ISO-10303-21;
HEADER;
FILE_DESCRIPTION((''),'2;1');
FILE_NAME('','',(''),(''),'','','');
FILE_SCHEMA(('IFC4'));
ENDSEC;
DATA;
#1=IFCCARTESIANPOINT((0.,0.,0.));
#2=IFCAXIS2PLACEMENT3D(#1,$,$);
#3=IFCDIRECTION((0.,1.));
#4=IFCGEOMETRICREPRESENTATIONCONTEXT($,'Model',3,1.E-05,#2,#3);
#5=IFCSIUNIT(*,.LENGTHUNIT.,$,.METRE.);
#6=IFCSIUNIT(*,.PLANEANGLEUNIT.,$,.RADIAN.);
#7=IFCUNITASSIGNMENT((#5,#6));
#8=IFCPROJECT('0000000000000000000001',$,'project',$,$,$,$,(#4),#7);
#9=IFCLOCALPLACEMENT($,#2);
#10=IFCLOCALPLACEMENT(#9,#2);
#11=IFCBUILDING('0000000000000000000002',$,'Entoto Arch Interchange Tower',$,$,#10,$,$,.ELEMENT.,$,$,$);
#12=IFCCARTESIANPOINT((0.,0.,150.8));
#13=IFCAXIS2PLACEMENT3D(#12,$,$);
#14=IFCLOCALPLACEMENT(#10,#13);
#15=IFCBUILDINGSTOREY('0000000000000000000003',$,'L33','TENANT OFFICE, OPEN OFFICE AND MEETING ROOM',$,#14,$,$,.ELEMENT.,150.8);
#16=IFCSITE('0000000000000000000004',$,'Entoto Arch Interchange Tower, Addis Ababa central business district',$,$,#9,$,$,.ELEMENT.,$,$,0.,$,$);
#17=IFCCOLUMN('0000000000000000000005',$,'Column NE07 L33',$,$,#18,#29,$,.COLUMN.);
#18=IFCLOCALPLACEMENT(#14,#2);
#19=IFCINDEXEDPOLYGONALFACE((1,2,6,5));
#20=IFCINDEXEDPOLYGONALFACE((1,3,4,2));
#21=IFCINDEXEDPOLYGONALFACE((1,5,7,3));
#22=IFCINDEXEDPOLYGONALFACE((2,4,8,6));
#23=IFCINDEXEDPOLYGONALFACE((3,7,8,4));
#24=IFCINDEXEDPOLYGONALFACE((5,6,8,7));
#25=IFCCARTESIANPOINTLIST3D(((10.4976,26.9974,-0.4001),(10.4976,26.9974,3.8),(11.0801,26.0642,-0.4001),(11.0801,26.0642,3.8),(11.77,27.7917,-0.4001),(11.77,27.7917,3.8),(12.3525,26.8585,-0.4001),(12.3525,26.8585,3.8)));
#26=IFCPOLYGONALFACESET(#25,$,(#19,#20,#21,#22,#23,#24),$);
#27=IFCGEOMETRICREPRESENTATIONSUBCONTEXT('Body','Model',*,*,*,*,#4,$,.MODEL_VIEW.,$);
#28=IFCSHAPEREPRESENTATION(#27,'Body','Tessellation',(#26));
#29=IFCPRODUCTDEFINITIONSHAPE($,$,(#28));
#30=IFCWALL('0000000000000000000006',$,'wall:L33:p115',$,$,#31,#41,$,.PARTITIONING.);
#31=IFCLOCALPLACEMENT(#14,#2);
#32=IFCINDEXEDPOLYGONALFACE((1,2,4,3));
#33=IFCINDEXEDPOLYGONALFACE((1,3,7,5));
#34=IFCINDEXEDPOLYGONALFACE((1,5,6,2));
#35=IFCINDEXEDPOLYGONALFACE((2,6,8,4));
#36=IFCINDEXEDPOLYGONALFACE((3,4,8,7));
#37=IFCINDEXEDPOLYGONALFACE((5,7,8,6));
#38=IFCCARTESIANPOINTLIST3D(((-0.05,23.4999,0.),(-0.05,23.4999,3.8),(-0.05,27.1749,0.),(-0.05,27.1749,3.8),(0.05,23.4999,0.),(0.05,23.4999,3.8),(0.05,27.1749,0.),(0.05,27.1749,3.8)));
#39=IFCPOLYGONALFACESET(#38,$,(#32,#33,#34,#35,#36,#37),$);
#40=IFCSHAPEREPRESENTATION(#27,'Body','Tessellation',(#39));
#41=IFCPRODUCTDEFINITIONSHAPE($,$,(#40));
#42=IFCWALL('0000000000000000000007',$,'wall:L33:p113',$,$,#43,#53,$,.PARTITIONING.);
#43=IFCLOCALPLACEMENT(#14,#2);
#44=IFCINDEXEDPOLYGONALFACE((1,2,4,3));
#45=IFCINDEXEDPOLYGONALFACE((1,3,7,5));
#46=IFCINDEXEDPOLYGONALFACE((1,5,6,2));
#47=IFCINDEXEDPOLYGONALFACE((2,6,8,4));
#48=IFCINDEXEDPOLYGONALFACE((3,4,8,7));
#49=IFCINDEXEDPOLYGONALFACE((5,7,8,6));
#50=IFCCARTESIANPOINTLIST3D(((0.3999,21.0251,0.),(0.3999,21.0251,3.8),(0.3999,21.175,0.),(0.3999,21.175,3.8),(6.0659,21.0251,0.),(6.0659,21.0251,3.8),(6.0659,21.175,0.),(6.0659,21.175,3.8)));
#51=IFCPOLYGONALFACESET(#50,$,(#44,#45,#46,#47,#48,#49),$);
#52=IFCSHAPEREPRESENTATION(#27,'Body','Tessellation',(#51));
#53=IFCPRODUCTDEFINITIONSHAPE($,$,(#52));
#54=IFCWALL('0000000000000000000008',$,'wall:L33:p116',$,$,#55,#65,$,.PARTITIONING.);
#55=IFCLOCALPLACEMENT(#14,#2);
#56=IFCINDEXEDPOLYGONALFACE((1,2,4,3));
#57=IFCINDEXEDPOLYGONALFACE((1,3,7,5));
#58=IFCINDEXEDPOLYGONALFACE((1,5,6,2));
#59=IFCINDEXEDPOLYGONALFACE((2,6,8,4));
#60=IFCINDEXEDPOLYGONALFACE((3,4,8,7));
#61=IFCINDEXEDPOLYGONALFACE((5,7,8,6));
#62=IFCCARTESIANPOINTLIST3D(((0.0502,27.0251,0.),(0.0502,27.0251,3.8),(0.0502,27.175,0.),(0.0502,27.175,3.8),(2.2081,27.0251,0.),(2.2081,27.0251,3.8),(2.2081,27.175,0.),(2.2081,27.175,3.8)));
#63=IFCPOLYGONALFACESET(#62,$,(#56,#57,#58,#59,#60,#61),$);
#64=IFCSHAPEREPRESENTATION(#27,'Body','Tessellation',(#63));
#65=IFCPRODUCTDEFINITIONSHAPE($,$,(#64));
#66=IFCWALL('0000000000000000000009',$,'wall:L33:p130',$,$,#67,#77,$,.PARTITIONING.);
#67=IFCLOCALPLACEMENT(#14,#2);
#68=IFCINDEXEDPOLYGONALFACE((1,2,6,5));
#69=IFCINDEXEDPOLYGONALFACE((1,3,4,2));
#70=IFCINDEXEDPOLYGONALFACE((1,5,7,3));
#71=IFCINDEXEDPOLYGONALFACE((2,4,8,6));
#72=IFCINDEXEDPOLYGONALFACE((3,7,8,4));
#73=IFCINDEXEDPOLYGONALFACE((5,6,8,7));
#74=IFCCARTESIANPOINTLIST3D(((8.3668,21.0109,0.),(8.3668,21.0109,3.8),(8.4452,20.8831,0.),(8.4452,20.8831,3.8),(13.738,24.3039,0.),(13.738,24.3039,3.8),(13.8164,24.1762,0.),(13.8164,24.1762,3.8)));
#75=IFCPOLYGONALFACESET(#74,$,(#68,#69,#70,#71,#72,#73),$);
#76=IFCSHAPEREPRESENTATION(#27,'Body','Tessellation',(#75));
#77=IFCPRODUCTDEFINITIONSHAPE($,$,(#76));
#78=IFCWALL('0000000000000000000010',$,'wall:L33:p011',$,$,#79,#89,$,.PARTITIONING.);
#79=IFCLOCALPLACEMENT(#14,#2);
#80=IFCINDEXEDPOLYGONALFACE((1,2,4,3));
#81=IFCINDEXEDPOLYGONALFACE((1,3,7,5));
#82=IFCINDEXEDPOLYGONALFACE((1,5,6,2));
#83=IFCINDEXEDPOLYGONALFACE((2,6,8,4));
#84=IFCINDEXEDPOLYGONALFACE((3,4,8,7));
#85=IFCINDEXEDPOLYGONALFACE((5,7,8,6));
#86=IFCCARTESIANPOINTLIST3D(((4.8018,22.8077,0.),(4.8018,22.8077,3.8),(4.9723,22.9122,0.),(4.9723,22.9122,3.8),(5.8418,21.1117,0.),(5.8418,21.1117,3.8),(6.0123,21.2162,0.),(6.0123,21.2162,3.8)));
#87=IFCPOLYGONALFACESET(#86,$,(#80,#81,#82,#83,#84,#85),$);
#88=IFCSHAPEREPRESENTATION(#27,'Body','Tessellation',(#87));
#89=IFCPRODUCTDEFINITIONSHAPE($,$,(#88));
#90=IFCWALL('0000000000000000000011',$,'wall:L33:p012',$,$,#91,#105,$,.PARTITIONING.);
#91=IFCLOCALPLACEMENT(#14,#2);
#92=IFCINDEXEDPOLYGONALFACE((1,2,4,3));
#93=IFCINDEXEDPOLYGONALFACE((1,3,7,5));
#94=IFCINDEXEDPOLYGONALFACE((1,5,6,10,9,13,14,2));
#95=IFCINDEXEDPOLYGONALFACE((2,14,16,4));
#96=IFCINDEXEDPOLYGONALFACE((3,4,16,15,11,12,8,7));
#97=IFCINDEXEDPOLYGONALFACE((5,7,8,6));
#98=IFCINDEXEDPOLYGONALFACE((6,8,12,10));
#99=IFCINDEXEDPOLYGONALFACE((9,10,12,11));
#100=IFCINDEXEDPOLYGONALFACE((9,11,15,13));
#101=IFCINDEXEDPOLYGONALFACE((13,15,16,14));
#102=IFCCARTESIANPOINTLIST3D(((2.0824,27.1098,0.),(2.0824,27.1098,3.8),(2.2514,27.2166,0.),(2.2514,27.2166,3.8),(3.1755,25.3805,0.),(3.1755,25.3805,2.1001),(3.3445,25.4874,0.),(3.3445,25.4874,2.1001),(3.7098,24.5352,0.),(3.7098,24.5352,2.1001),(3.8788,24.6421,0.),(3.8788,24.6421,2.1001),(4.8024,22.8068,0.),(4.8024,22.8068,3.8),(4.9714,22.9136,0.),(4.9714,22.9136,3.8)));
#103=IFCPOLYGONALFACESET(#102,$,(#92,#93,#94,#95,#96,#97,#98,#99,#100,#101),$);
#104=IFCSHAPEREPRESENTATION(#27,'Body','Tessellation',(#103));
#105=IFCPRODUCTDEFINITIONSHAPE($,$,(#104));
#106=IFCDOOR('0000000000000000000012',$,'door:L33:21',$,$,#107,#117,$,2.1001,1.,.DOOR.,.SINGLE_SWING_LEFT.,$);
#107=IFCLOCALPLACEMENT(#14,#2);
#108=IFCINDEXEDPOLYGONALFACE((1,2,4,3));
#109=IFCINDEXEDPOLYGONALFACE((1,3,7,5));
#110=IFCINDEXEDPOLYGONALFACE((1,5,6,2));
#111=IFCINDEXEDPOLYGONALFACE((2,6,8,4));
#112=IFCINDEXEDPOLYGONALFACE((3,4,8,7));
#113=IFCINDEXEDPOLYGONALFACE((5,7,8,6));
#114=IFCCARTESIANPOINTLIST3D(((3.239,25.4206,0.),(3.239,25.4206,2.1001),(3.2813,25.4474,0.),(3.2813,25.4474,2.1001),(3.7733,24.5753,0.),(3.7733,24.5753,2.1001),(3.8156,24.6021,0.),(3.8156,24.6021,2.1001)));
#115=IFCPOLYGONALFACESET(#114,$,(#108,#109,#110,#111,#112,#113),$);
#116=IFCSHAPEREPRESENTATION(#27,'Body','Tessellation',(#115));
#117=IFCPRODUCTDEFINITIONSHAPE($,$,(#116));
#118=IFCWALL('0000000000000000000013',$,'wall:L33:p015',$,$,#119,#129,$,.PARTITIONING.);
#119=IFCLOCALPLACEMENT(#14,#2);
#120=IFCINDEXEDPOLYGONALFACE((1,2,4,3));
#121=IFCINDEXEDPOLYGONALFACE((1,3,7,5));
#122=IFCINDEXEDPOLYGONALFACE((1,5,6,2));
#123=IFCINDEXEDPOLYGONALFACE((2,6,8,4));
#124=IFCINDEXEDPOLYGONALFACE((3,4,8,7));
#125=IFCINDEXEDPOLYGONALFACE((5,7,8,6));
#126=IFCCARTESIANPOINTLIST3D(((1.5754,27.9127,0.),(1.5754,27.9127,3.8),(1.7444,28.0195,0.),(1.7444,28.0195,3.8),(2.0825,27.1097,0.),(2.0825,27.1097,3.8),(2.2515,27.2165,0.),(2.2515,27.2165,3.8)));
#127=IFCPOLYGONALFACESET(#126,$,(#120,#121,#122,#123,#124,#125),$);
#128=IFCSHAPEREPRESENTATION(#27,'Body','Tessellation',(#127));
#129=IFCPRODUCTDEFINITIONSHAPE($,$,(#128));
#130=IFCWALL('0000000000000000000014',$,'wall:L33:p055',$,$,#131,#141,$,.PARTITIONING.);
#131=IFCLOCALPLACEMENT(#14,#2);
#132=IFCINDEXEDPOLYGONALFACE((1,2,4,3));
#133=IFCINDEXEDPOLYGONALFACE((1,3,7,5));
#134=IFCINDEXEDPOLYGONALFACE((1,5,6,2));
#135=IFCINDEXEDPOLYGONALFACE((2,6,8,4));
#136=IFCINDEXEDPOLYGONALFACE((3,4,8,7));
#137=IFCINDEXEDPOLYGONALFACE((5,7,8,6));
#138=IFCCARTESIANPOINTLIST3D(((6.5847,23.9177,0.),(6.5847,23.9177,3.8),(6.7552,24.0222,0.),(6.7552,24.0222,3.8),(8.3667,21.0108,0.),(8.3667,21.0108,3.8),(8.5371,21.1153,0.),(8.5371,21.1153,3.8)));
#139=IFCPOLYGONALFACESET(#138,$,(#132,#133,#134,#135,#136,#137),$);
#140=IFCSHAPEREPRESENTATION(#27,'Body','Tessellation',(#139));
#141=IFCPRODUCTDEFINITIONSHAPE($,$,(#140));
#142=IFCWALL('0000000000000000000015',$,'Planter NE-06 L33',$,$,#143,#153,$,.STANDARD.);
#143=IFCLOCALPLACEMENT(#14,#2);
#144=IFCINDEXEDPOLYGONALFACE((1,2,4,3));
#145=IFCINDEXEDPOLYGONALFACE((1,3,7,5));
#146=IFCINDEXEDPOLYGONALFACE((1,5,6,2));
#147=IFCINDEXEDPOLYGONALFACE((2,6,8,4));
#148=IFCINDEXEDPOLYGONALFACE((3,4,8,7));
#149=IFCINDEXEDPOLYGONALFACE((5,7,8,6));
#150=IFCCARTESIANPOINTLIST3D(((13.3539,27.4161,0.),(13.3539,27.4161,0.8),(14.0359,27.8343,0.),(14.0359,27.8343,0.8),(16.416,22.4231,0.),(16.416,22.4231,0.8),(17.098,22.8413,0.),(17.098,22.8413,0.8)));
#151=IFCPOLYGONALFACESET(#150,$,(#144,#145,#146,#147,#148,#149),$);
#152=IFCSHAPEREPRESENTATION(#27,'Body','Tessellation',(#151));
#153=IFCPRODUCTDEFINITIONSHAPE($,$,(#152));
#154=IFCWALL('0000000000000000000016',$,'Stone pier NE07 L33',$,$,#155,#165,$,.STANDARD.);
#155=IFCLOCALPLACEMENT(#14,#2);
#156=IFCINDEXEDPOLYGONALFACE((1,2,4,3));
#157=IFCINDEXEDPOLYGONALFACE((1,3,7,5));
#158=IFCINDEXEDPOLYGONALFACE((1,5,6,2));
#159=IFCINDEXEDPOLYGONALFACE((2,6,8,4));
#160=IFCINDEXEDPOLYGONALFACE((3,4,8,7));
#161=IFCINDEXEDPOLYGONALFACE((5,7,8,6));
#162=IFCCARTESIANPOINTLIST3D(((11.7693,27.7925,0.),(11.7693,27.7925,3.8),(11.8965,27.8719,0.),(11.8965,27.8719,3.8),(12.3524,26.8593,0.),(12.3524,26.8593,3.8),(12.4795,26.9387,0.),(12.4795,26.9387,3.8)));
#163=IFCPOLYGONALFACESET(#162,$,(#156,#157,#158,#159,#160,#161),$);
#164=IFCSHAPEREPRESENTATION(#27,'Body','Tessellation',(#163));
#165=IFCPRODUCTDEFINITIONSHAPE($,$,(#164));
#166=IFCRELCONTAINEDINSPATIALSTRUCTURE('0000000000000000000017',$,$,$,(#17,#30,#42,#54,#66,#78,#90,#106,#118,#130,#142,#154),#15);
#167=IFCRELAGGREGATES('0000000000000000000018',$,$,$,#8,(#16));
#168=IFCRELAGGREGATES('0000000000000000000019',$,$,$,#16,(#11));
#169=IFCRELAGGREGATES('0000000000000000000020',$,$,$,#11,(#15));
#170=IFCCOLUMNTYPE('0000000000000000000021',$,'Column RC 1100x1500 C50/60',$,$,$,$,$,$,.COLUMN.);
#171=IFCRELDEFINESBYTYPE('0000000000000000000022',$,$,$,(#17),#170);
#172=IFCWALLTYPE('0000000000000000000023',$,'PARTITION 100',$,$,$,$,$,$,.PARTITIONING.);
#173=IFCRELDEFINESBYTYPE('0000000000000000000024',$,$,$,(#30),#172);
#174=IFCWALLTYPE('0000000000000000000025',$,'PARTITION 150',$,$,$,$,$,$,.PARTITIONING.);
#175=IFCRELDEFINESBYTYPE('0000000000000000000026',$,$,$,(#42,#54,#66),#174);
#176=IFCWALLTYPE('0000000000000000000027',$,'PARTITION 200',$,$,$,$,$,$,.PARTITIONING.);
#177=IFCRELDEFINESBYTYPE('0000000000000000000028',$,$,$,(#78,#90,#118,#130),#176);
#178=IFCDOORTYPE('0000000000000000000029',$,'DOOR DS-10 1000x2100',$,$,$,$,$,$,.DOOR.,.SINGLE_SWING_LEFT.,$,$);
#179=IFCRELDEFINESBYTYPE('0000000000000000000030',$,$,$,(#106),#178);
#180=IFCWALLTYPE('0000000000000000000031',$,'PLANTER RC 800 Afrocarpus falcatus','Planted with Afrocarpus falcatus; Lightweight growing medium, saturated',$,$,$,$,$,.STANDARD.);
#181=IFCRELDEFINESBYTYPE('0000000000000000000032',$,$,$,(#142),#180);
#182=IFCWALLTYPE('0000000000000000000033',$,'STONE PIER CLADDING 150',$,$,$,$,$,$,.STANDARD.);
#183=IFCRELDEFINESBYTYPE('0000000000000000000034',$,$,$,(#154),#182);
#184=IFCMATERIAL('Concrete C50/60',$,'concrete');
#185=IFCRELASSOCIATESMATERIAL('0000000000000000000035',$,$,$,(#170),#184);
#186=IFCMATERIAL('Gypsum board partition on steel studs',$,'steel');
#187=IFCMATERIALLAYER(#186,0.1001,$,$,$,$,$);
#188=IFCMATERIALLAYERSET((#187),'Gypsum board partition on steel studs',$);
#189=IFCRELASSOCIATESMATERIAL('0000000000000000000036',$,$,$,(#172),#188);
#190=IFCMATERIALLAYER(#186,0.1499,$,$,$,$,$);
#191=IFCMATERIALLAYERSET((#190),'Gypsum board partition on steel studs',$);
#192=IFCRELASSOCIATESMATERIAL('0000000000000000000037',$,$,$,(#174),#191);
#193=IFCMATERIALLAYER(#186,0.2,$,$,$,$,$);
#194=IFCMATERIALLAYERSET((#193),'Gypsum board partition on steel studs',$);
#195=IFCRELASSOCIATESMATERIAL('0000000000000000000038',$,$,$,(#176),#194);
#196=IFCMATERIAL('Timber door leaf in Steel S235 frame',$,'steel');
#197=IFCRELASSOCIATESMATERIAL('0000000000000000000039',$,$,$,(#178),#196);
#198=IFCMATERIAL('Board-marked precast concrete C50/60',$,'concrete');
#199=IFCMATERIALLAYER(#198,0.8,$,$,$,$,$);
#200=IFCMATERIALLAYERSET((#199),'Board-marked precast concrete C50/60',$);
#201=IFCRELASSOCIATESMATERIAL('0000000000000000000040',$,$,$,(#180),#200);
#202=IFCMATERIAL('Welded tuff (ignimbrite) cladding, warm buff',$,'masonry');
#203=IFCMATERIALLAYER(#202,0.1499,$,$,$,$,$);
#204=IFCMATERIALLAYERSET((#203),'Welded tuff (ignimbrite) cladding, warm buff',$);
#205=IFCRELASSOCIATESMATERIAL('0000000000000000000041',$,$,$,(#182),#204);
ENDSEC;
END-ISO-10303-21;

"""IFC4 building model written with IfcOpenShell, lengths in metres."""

from ifc_helpers import new_model, si_unit, direction, frame, frame_2d, origin, origin_2d, place, context, subcontext, project, spatial, rectangle, extrude, material, layer, layer_set, material_profile, profile_set, type_object, element, fill, save


model = new_model("IFC4")

# Units and contexts
model_context = context("Model", 3, precision=1e-05, world=origin(), true_north=direction((0.0, 1.0)))
body_context = subcontext(model_context, "Body", "Model", "MODEL_VIEW")
ifc_project = project(units=[si_unit("LENGTHUNIT", "METRE"), si_unit("PLANEANGLEUNIT", "RADIAN")], contexts=[model_context])

# Site, building, storey
site_placement = place(None, origin())
site = spatial("IfcSite", under=ifc_project, at=site_placement, Name="Entoto Arch Interchange Tower, Addis Ababa central business district", CompositionType="ELEMENT", RefElevation=0.0)
building_placement = place(site_placement, origin())
building = spatial("IfcBuilding", under=site, at=building_placement, Name="Entoto Arch Interchange Tower", CompositionType="ELEMENT")
storey_placement = place(building_placement, frame((0.0, 0.0, 150.8)))
storey = spatial("IfcBuildingStorey", under=building, at=storey_placement, Name="L33", Description="TENANT OFFICE, OPEN OFFICE AND MEETING ROOM", CompositionType="ELEMENT", Elevation=150.8)

# Column
ifc_material_1 = material(Name="Concrete C50/60", Category="concrete")
ifc_material_profile = material_profile(ifc_material_1, rectangle(XDim=1.1001, YDim=1.5, at=origin_2d()))
ifc_profile_set = profile_set([ifc_material_profile], Name="Concrete C50/60")
column_type = type_object("IfcColumnType", Name="Column RC 1100x1500 C50/60", PredefinedType="COLUMN", material=ifc_profile_set)
column_placement = place(storey_placement, frame((11.425, 26.928, -0.4001), z_axis=(0.0, 0.0, 1.0), x_axis=(-0.529549, 0.848279, 0.0)))
element("IfcColumn", 1, at=column_placement, inside=storey, type_object=column_type, Name="Column NE07 L33", PredefinedType="COLUMN", context=body_context, shape_type="SweptSolid", body=[
    extrude(rectangle(XDim=1.1001, YDim=1.5, at=origin_2d()), origin(), (0.0, 0.0, 1.0), 4.2002),
])

# Walls
ifc_material_2 = material(Name="Gypsum board partition on steel studs", Category="steel")
ifc_layer_1 = layer(ifc_material_2, 0.1001)
ifc_layer_set_1 = layer_set([ifc_layer_1], Name="Gypsum board partition on steel studs")
wall_type_1 = type_object("IfcWallType", Name="PARTITION 100", PredefinedType="PARTITIONING", material=ifc_layer_set_1)
wall_1_placement = place(storey_placement, frame((0.0, 23.5, 0.0), z_axis=(0.0, 0.0, 1.0), x_axis=(0.0, 1.0, 0.0)))
element("IfcWall", 2, at=wall_1_placement, inside=storey, type_object=wall_type_1, Name="wall:L33:p115", PredefinedType="PARTITIONING", context=body_context, shape_type="SweptSolid", body=[
    extrude(rectangle(XDim=3.675, YDim=0.1001, at=frame_2d((1.8374, 0.0))), origin(), (0.0, 0.0, 1.0), 3.8),
])
ifc_layer_2 = layer(ifc_material_2, 0.1499)
ifc_layer_set_2 = layer_set([ifc_layer_2], Name="Gypsum board partition on steel studs")
wall_type_2 = type_object("IfcWallType", Name="PARTITION 150", PredefinedType="PARTITIONING", material=ifc_layer_set_2)
wall_2_placement = place(storey_placement, frame((0.3999, 21.1001, 0.0), z_axis=(0.0, 0.0, 1.0), x_axis=(1.0, 0.0, 0.0)))
element("IfcWall", 3, at=wall_2_placement, inside=storey, type_object=wall_type_2, Name="wall:L33:p113", PredefinedType="PARTITIONING", context=body_context, shape_type="SweptSolid", body=[
    extrude(rectangle(XDim=5.666, YDim=0.1499, at=frame_2d((2.833, 0.0))), origin(), (0.0, 0.0, 1.0), 3.8),
])
wall_3_placement = place(storey_placement, frame((0.05, 27.1001, 0.0), z_axis=(0.0, 0.0, 1.0), x_axis=(1.0, 0.0, 0.0)))
element("IfcWall", 4, at=wall_3_placement, inside=storey, type_object=wall_type_2, Name="wall:L33:p116", PredefinedType="PARTITIONING", context=body_context, shape_type="SweptSolid", body=[
    extrude(rectangle(XDim=2.158, YDim=0.1499, at=frame_2d((1.0791, 0.0))), origin(), (0.0, 0.0, 1.0), 3.8),
])
wall_4_placement = place(storey_placement, frame((8.406, 20.947, 0.0), z_axis=(0.0, 0.0, 1.0), x_axis=(0.85253, 0.522678, 0.0)))
element("IfcWall", 5, at=wall_4_placement, inside=storey, type_object=wall_type_2, Name="wall:L33:p130", PredefinedType="PARTITIONING", context=body_context, shape_type="SweptSolid", body=[
    extrude(rectangle(XDim=6.3003, YDim=0.1499, at=frame_2d((3.1501, 0.0))), origin(), (0.0, 0.0, 1.0), 3.8),
])
ifc_layer_3 = layer(ifc_material_2, 0.2)
ifc_layer_set_3 = layer_set([ifc_layer_3], Name="Gypsum board partition on steel studs")
wall_type_3 = type_object("IfcWallType", Name="PARTITION 200", PredefinedType="PARTITIONING", material=ifc_layer_set_3)
wall_5_placement = place(storey_placement, frame((5.927, 21.1641, 0.0), z_axis=(0.0, 0.0, 1.0), x_axis=(-0.522755, 0.852483, 0.0)))
element("IfcWall", 6, at=wall_5_placement, inside=storey, type_object=wall_type_3, Name="wall:L33:p011", PredefinedType="PARTITIONING", context=body_context, shape_type="SweptSolid", body=[
    extrude(rectangle(XDim=1.9895, YDim=0.2, at=frame_2d((0.9946, 0.0))), origin(), (0.0, 0.0, 1.0), 3.8),
])

# Wall, opening, door
wall_6_placement = place(storey_placement, frame((4.887, 22.8601, 0.0), z_axis=(0.0, 0.0, 1.0), x_axis=(-0.534316, 0.845285, 0.0)))
wall_6 = element("IfcWall", 7, at=wall_6_placement, inside=storey, type_object=wall_type_3, Name="wall:L33:p012", PredefinedType="PARTITIONING", context=body_context, shape_type="SweptSolid", body=[
    extrude(rectangle(XDim=5.0906, YDim=0.2, at=frame_2d((2.5454, 0.0))), origin(), (0.0, 0.0, 1.0), 3.8),
])
opening_1_placement = place(wall_6_placement, frame((2.0449, 0.0, 0.0)))
opening_1 = element("IfcOpeningElement", 8, at=opening_1_placement, cuts=wall_6, PredefinedType="OPENING", context=body_context, shape_type="SweptSolid", body=[
    extrude(rectangle(XDim=1.0, YDim=2.1001, at=frame_2d((0.5, 1.05))), frame((0.0, 0.1099, 0.0), z_axis=(0.0, -1.0, 0.0), x_axis=(1.0, 0.0, 0.0)), (0.0, 0.0, 1.0), 0.22),
])
ifc_material_3 = material(Name="Timber door leaf in Steel S235 frame", Category="steel")
door_type_1 = type_object("IfcDoorType", Name="DOOR DS-10 1000x2100", OperationType="SINGLE_SWING_LEFT", PredefinedType="DOOR", material=ifc_material_3)
door_1_placement = place(opening_1_placement, origin())
door_1 = element("IfcDoor", 9, at=door_1_placement, inside=storey, type_object=door_type_1, Name="door:L33:21", OperationType="SINGLE_SWING_LEFT", OverallHeight=2.1001, OverallWidth=1.0, PredefinedType="DOOR", context=body_context, shape_type="SweptSolid", body=[
    extrude(rectangle(XDim=1.0, YDim=2.1001, at=frame_2d((0.5, 1.05))), frame((0.0, 0.0249, 0.0), z_axis=(0.0, -1.0, 0.0), x_axis=(1.0, 0.0, 0.0)), (0.0, 0.0, 1.0), 0.05),
])
fill(opening_1, door_1)

# Walls
wall_7_placement = place(storey_placement, frame((2.167, 27.1631, 0.0), z_axis=(0.0, 0.0, 1.0), x_axis=(-0.533945, 0.845519, 0.0)))
element("IfcWall", 10, at=wall_7_placement, inside=storey, type_object=wall_type_3, Name="wall:L33:p015", PredefinedType="PARTITIONING", context=body_context, shape_type="SweptSolid", body=[
    extrude(rectangle(XDim=0.9497, YDim=0.2, at=frame_2d((0.4749, 0.0))), origin(), (0.0, 0.0, 1.0), 3.8),
])
wall_8_placement = place(storey_placement, frame((6.6699, 23.97, 0.0), z_axis=(0.0, 0.0, 1.0), x_axis=(0.522623, -0.852564, 0.0)))
element("IfcWall", 11, at=wall_8_placement, inside=storey, type_object=wall_type_3, Name="wall:L33:p055", PredefinedType="PARTITIONING", context=body_context, shape_type="SweptSolid", body=[
    extrude(rectangle(XDim=3.4097, YDim=0.2, at=frame_2d((1.7048, 0.0))), origin(), (0.0, 0.0, 1.0), 3.8),
])
ifc_material_4 = material(Name="Board-marked precast concrete C50/60", Category="concrete")
ifc_layer_4 = layer(ifc_material_4, 0.8)
ifc_layer_set_4 = layer_set([ifc_layer_4], Name="Board-marked precast concrete C50/60")
wall_type_4 = type_object("IfcWallType", Name="PLANTER RC 800 Afrocarpus falcatus", Description="Planted with Afrocarpus falcatus; Lightweight growing medium, saturated", PredefinedType="STANDARD", material=ifc_layer_set_4)
wall_9_placement = place(storey_placement, frame((16.7571, 22.6321, 0.0), z_axis=(0.0, 0.0, 1.0), x_axis=(-0.52279, 0.852462, 0.0)))
element("IfcWall", 12, at=wall_9_placement, inside=storey, type_object=wall_type_4, Name="Planter NE-06 L33", PredefinedType="STANDARD", context=body_context, shape_type="SweptSolid", body=[
    extrude(rectangle(XDim=5.8572, YDim=0.8, at=frame_2d((2.9287, 0.0))), origin(), (0.0, 0.0, 1.0), 0.8),
])

# Shared definitions
ifc_material_5 = material(Name="Welded tuff (ignimbrite) cladding, warm buff", Category="masonry")

# Wall
ifc_layer_5 = layer(ifc_material_5, 0.1499)
ifc_layer_set_5 = layer_set([ifc_layer_5], Name="Welded tuff (ignimbrite) cladding, warm buff")
wall_type_5 = type_object("IfcWallType", Name="STONE PIER CLADDING 150", PredefinedType="STANDARD", material=ifc_layer_set_5)
wall_10_placement = place(storey_placement, frame((12.416, 26.8989, 0.0), z_axis=(0.0, 0.0, 1.0), x_axis=(-0.529879, 0.848073, 0.0)))
element("IfcWall", 13, at=wall_10_placement, inside=storey, type_object=wall_type_5, Name="Stone pier NE07 L33", PredefinedType="STANDARD", context=body_context, shape_type="SweptSolid", body=[
    extrude(rectangle(XDim=1.1003, YDim=0.1499, at=frame_2d((0.5503, 0.0))), origin(), (0.0, 0.0, 1.0), 3.8),
])

save(model, "model.ifc")
